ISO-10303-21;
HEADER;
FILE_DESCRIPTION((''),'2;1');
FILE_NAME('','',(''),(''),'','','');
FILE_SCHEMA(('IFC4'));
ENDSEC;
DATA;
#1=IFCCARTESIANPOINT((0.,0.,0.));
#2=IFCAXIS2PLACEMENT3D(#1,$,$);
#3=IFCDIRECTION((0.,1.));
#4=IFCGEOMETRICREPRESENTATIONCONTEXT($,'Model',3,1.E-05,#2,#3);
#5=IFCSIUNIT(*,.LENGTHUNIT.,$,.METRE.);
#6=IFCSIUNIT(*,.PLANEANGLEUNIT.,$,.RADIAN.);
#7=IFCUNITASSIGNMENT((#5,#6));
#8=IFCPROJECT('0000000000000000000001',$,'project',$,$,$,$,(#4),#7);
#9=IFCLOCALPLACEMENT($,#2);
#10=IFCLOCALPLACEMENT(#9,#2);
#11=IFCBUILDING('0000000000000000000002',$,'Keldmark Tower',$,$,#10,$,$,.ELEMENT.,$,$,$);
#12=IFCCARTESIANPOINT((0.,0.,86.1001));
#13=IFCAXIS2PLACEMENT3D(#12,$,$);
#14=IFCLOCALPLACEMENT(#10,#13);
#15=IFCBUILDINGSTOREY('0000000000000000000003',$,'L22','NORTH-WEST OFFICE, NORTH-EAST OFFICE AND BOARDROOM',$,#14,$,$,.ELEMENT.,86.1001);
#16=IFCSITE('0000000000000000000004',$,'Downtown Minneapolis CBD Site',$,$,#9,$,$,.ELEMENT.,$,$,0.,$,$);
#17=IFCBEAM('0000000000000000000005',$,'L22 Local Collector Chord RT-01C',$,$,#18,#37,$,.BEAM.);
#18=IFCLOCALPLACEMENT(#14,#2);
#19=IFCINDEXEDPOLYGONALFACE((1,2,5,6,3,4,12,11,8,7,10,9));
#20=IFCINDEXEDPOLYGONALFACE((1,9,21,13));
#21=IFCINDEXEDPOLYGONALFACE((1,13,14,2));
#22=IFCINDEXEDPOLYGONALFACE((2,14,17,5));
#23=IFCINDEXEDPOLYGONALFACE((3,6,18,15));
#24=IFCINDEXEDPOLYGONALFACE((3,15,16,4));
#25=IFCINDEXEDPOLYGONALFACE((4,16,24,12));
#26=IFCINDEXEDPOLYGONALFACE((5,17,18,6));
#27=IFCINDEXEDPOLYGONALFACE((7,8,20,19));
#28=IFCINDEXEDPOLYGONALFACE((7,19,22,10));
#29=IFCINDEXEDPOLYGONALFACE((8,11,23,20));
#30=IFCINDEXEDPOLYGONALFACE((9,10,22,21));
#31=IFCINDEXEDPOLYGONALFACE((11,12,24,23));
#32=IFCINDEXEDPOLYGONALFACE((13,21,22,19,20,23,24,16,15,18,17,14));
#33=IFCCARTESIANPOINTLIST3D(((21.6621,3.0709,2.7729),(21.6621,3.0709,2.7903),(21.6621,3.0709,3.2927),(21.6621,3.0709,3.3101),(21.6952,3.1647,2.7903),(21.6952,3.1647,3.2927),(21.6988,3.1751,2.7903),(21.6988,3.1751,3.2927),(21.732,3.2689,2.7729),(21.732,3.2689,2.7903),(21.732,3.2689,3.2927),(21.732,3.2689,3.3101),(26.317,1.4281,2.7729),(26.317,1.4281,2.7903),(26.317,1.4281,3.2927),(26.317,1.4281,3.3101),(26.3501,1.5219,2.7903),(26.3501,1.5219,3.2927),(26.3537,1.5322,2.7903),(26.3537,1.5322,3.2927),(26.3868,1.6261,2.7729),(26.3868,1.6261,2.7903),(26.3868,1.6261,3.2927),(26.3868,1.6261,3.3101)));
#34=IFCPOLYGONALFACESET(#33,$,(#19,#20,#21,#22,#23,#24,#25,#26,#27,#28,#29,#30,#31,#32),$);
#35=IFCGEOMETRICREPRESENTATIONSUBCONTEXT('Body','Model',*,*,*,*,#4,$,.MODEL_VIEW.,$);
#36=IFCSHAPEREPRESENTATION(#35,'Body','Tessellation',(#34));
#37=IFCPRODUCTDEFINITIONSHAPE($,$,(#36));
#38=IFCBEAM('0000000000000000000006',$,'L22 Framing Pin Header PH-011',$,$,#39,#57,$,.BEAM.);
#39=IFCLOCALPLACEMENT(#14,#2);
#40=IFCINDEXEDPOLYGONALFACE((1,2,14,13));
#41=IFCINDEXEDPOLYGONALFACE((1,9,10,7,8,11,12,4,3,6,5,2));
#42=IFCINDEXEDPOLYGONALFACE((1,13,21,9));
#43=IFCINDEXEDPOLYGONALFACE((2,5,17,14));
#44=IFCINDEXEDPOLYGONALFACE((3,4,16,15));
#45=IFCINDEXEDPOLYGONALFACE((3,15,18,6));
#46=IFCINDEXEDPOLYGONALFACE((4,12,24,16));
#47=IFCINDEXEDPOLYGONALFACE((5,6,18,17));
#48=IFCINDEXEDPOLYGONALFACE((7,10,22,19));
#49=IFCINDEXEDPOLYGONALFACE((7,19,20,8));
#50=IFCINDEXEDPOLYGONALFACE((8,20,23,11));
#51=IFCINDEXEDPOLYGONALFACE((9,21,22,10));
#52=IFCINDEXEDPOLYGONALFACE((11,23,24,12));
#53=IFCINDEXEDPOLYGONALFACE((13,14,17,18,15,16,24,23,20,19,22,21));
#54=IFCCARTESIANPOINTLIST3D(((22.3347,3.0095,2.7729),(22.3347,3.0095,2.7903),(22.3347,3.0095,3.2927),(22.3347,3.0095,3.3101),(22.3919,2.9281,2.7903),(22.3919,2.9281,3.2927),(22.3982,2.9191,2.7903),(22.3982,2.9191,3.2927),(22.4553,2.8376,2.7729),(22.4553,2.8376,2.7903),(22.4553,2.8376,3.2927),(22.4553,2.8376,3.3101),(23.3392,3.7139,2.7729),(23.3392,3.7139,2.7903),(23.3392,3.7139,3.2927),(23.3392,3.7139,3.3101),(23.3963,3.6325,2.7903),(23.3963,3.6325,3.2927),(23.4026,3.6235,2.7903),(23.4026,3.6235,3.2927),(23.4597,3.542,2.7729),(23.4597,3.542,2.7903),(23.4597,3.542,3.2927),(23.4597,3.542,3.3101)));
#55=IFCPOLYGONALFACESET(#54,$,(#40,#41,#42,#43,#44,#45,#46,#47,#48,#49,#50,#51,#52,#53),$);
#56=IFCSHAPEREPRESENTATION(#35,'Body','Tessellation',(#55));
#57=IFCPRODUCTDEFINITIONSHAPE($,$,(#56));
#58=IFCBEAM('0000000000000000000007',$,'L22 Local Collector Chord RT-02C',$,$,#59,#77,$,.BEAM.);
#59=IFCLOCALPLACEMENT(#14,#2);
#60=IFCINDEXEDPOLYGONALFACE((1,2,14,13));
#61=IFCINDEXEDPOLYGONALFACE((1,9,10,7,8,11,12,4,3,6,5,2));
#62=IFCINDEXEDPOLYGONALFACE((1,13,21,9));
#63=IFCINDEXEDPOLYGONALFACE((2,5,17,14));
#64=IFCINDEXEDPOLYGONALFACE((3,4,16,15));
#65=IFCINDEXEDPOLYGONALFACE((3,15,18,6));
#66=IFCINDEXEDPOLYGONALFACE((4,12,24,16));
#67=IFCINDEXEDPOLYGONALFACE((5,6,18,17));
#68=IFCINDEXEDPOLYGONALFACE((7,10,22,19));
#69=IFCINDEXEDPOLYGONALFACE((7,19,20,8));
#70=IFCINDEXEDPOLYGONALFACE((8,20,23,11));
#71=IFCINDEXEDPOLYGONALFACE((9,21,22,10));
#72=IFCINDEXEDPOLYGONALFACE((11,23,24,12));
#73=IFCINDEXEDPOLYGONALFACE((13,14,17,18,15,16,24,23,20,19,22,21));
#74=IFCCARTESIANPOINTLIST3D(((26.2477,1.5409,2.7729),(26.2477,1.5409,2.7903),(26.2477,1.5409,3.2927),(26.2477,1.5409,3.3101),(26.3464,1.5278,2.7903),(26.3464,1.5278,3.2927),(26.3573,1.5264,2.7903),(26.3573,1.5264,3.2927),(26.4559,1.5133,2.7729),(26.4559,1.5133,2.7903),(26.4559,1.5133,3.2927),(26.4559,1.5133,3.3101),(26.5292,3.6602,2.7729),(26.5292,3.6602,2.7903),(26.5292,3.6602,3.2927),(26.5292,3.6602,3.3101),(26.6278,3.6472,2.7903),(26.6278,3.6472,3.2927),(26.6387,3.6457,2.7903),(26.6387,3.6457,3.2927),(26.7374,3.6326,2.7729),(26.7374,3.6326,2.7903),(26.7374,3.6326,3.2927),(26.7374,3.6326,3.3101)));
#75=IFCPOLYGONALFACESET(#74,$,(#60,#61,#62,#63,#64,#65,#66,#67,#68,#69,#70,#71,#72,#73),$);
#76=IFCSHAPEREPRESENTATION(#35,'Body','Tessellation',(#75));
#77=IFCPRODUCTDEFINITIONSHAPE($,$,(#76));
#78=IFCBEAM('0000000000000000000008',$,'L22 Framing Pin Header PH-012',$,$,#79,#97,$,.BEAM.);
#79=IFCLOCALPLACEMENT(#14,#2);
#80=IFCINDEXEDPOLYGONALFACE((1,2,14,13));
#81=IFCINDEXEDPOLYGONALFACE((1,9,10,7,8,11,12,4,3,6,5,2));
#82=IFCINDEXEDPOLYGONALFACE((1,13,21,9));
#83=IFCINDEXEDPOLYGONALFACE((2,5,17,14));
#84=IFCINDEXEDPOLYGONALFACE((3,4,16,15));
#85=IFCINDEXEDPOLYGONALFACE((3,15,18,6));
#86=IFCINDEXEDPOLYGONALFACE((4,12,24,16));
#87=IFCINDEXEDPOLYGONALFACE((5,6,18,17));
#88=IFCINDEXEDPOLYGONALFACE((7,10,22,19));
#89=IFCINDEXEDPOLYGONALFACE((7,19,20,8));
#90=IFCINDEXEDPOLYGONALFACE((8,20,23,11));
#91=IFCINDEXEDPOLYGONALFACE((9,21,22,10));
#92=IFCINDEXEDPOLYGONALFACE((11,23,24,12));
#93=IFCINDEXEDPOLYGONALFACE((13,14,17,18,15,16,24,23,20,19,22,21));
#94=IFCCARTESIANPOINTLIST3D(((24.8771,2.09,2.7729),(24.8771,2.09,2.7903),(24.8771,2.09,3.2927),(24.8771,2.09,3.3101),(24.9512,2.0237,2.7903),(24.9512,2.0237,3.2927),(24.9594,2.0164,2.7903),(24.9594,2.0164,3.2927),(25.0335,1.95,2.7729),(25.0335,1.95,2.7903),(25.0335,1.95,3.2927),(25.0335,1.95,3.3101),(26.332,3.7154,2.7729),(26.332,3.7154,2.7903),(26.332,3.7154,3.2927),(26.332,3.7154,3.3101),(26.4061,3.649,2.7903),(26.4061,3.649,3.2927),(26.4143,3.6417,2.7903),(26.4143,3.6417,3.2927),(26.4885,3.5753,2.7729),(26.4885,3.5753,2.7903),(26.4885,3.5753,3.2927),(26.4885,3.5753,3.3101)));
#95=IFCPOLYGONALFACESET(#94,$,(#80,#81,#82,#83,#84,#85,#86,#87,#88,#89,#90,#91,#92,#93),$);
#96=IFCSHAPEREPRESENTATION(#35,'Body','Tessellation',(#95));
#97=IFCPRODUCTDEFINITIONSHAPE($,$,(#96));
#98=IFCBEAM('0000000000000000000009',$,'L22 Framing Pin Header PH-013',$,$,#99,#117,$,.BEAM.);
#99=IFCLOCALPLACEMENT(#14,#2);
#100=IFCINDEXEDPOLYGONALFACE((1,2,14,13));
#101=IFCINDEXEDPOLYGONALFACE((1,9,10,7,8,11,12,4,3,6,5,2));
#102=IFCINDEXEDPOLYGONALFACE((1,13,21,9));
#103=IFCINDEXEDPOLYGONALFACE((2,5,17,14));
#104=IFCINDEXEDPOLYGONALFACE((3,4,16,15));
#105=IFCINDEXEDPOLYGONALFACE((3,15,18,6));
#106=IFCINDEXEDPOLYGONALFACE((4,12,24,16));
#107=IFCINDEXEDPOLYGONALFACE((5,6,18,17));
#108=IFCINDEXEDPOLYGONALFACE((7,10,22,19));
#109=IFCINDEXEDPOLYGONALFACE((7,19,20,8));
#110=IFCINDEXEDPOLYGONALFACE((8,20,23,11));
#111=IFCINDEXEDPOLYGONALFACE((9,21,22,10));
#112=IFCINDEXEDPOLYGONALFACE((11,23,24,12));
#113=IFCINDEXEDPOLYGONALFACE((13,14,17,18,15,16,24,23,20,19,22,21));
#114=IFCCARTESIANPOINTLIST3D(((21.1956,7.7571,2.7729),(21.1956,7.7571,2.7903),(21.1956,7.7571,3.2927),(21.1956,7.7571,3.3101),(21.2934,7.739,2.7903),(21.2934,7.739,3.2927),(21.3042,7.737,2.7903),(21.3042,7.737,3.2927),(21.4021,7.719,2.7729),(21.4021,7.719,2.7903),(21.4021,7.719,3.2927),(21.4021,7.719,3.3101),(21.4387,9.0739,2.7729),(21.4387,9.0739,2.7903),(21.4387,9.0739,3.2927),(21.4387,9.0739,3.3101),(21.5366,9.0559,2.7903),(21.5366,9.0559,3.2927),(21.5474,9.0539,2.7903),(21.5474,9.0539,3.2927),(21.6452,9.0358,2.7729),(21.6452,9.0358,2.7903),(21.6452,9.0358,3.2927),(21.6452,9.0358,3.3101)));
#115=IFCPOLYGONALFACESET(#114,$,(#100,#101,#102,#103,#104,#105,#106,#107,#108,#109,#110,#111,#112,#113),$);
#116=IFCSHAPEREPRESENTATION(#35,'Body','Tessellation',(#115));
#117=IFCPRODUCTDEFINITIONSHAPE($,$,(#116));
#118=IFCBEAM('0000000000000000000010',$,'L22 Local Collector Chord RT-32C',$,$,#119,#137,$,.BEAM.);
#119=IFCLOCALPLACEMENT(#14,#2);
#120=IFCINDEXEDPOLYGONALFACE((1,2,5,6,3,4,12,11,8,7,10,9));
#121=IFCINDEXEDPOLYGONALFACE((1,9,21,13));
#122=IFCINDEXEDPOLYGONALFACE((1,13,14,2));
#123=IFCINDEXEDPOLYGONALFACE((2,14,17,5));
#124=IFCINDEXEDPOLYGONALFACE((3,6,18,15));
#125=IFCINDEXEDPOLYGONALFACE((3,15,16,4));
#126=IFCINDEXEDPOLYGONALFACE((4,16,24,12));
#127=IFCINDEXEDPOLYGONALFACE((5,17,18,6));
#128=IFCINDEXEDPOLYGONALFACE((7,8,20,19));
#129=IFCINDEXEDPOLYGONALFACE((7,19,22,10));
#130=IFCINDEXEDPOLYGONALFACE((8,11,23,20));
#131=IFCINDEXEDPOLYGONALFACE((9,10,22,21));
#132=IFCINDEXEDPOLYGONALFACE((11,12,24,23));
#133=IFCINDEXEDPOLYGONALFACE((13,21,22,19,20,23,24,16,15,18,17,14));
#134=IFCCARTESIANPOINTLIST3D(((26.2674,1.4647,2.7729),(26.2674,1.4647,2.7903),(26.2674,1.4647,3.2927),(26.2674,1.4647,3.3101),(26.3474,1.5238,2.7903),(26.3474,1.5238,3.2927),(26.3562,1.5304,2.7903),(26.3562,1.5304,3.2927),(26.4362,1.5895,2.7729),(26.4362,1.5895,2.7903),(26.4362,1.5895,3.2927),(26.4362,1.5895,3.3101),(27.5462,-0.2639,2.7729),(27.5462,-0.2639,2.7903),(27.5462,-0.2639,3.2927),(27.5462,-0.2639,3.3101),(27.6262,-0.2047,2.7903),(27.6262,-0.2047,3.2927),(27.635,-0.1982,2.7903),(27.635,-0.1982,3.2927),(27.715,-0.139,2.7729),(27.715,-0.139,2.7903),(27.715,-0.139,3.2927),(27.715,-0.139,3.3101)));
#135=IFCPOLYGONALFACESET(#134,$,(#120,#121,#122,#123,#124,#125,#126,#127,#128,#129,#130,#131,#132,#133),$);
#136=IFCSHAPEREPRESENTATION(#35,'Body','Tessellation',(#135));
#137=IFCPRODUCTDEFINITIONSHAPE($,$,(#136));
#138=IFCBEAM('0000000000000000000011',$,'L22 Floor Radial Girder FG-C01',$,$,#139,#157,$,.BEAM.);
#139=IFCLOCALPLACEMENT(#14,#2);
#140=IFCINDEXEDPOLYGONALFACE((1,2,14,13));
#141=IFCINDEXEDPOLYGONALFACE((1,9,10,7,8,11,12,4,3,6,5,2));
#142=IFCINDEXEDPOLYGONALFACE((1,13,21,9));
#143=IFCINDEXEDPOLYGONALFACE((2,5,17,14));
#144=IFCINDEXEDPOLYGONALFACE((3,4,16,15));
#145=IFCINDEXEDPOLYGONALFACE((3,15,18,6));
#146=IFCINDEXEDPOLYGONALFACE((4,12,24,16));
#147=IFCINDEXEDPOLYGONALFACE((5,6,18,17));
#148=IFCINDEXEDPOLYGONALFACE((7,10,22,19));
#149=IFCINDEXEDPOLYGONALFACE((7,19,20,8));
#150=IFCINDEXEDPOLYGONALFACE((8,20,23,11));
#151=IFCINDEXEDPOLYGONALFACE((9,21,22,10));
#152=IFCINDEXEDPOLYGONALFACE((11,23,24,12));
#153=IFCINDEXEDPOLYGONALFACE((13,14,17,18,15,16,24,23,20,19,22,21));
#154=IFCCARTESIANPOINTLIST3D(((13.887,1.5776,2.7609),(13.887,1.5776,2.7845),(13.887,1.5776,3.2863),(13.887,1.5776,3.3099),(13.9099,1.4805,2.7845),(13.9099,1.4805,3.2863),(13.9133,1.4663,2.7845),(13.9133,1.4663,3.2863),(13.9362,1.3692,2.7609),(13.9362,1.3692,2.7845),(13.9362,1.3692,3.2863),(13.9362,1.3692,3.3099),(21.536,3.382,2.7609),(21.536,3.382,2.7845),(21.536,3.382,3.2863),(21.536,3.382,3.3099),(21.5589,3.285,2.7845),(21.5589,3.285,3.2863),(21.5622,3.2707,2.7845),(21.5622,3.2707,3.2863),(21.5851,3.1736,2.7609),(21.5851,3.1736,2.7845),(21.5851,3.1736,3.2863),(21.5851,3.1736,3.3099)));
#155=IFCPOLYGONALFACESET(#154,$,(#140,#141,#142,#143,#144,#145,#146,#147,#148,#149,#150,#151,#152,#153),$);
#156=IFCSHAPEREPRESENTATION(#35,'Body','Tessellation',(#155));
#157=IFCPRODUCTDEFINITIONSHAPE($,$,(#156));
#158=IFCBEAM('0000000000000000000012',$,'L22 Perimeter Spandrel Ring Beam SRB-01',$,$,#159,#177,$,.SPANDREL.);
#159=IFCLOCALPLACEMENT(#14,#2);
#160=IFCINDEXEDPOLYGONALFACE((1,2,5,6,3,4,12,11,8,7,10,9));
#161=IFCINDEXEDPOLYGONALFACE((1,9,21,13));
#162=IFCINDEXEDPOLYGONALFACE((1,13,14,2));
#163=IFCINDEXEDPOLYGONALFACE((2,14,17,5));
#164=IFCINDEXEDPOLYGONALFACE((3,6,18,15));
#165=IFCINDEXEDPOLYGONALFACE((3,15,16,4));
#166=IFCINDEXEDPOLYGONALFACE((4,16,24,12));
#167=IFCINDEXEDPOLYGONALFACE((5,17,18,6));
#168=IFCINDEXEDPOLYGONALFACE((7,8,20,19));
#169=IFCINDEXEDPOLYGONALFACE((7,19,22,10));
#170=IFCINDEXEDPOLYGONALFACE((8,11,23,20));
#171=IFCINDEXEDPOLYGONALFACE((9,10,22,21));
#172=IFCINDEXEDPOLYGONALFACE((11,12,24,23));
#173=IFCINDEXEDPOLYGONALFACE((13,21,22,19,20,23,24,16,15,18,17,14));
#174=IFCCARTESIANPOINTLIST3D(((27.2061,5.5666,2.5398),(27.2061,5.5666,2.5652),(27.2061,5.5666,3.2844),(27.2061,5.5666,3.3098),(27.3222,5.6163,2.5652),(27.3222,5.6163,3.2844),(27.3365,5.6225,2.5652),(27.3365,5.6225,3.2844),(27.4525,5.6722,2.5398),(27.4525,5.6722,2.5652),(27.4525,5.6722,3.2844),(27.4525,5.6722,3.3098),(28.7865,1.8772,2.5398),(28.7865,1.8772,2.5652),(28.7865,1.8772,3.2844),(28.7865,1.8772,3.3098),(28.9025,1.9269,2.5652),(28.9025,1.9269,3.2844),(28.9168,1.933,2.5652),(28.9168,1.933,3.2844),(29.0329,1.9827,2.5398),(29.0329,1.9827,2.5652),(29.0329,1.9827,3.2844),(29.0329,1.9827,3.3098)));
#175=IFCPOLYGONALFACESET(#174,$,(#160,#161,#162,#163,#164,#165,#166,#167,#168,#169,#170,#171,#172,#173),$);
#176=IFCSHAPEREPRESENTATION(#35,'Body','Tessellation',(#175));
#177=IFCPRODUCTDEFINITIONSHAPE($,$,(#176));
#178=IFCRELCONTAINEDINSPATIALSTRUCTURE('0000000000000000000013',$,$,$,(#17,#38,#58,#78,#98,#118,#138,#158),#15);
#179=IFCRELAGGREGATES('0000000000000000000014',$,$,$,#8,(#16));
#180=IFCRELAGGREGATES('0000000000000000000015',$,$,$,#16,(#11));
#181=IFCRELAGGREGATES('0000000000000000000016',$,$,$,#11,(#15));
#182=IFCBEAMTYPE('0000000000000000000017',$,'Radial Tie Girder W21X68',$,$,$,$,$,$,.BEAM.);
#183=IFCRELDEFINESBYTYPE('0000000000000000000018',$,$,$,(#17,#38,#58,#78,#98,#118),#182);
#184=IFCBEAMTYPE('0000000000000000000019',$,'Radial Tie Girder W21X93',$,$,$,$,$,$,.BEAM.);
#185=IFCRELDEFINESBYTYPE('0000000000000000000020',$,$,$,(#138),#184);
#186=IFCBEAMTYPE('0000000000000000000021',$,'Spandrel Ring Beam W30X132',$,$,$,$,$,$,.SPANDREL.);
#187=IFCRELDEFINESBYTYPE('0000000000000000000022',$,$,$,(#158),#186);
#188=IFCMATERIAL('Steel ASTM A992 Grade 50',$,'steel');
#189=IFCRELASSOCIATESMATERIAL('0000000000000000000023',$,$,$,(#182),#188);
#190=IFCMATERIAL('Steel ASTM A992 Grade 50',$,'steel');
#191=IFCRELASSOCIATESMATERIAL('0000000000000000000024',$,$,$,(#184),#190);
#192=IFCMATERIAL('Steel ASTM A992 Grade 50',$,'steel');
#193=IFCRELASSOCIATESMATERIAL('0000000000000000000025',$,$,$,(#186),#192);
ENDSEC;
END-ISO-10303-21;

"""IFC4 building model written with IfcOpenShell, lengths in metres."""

from ifc_helpers import new_model, si_unit, direction, frame, origin, origin_2d, place, context, subcontext, project, spatial, i_section, extrude, material, material_profile, profile_set, type_object, element, save


model = new_model("IFC4")

# Units and contexts
model_context = context("Model", 3, precision=1e-05, world=origin(), true_north=direction((0.0, 1.0)))
body_context = subcontext(model_context, "Body", "Model", "MODEL_VIEW")
ifc_project = project(units=[si_unit("LENGTHUNIT", "METRE"), si_unit("PLANEANGLEUNIT", "RADIAN")], contexts=[model_context])

# Site, building, storey
site_placement = place(None, origin())
site = spatial("IfcSite", under=ifc_project, at=site_placement, Name="Downtown Minneapolis CBD Site", CompositionType="ELEMENT", RefElevation=0.0)
building_placement = place(site_placement, origin())
building = spatial("IfcBuilding", under=site, at=building_placement, Name="Keldmark Tower", CompositionType="ELEMENT")
storey_placement = place(building_placement, frame((0.0, 0.0, 86.1001)))
storey = spatial("IfcBuildingStorey", under=building, at=storey_placement, Name="L22", Description="NORTH-WEST OFFICE, NORTH-EAST OFFICE AND BOARDROOM", CompositionType="ELEMENT", Elevation=86.1001)

# Beams
ifc_material_1 = material(Name="Steel ASTM A992 Grade 50", Category="steel")
ifc_material_profile_1 = material_profile(ifc_material_1, i_section(OverallWidth=0.21, OverallDepth=0.5371, WebThickness=0.011, FlangeThickness=0.0173, at=origin_2d()), Name="W21X68")
ifc_profile_set_1 = profile_set([ifc_material_profile_1], Name="Steel ASTM A992 Grade 50")
beam_type_1 = type_object("IfcBeamType", Name="Radial Tie Girder W21X68", PredefinedType="BEAM", material=ifc_profile_set_1)
beam_1_placement = place(storey_placement, frame((21.697, 3.1699, 3.0415), z_axis=(0.942993, -0.332812, 0.0), x_axis=(0.332812, 0.942993, 0.0)))
element("IfcBeam", 1, at=beam_1_placement, inside=storey, type_object=beam_type_1, Name="L22 Local Collector Chord RT-01C", PredefinedType="BEAM", context=body_context, shape_type="SweptSolid", body=[
    extrude(i_section(OverallWidth=0.21, OverallDepth=0.5371, WebThickness=0.011, FlangeThickness=0.0173, at=origin_2d()), origin(), (0.0, 0.0, 1.0), 4.9363),
])
beam_2_placement = place(storey_placement, frame((22.395, 2.9236, 3.0415), z_axis=(0.818745, 0.574157, 0.0), x_axis=(-0.574157, 0.818745, 0.0)))
element("IfcBeam", 2, at=beam_2_placement, inside=storey, type_object=beam_type_1, Name="L22 Framing Pin Header PH-011", PredefinedType="BEAM", context=body_context, shape_type="SweptSolid", body=[
    extrude(i_section(OverallWidth=0.21, OverallDepth=0.5371, WebThickness=0.011, FlangeThickness=0.0173, at=origin_2d()), origin(), (0.0, 0.0, 1.0), 1.2268),
])
beam_3_placement = place(storey_placement, frame((26.3518, 1.5271, 3.0415), z_axis=(0.131663, 0.991295, 0.0), x_axis=(-0.991295, 0.131663, 0.0)))
element("IfcBeam", 3, at=beam_3_placement, inside=storey, type_object=beam_type_1, Name="L22 Local Collector Chord RT-02C", PredefinedType="BEAM", context=body_context, shape_type="SweptSolid", body=[
    extrude(i_section(OverallWidth=0.21, OverallDepth=0.5371, WebThickness=0.011, FlangeThickness=0.0173, at=origin_2d()), origin(), (0.0, 0.0, 1.0), 2.1379),
])
beam_4_placement = place(storey_placement, frame((24.9553, 2.02, 3.0415), z_axis=(0.666965, 0.745089, 0.0), x_axis=(-0.745089, 0.666965, 0.0)))
element("IfcBeam", 4, at=beam_4_placement, inside=storey, type_object=beam_type_1, Name="L22 Framing Pin Header PH-012", PredefinedType="BEAM", context=body_context, shape_type="SweptSolid", body=[
    extrude(i_section(OverallWidth=0.21, OverallDepth=0.5371, WebThickness=0.011, FlangeThickness=0.0173, at=origin_2d()), origin(), (0.0, 0.0, 1.0), 2.1814),
])
beam_5_placement = place(storey_placement, frame((21.2988, 7.738, 3.0415), z_axis=(0.18158, 0.983376, 0.0), x_axis=(-0.983376, 0.18158, 0.0)))
element("IfcBeam", 5, at=beam_5_placement, inside=storey, type_object=beam_type_1, Name="L22 Framing Pin Header PH-013", PredefinedType="BEAM", context=body_context, shape_type="SweptSolid", body=[
    extrude(i_section(OverallWidth=0.21, OverallDepth=0.5371, WebThickness=0.011, FlangeThickness=0.0173, at=origin_2d()), origin(), (0.0, 0.0, 1.0), 1.3391),
])
beam_6_placement = place(storey_placement, frame((26.3518, 1.5271, 3.0415), z_axis=(0.594755, -0.803907, 0.0), x_axis=(0.803907, 0.594755, 0.0)))
element("IfcBeam", 6, at=beam_6_placement, inside=storey, type_object=beam_type_1, Name="L22 Local Collector Chord RT-32C", PredefinedType="BEAM", context=body_context, shape_type="SweptSolid", body=[
    extrude(i_section(OverallWidth=0.21, OverallDepth=0.5371, WebThickness=0.011, FlangeThickness=0.0173, at=origin_2d()), origin(), (0.0, 0.0, 1.0), 2.1501),
])
ifc_material_2 = material(Name="Steel ASTM A992 Grade 50", Category="steel")
ifc_material_profile_2 = material_profile(ifc_material_2, i_section(OverallWidth=0.2141, OverallDepth=0.5491, WebThickness=0.0146, FlangeThickness=0.0237, at=origin_2d()), Name="W21X93")
ifc_profile_set_2 = profile_set([ifc_material_profile_2], Name="Steel ASTM A992 Grade 50")
beam_type_2 = type_object("IfcBeamType", Name="Radial Tie Girder W21X93", PredefinedType="BEAM", material=ifc_profile_set_2)
beam_7_placement = place(storey_placement, frame((21.5605, 3.2778, 3.0354), z_axis=(-0.973284, -0.229606, 0.0), x_axis=(0.229606, -0.973284, 0.0)))
element("IfcBeam", 7, at=beam_7_placement, inside=storey, type_object=beam_type_2, Name="L22 Floor Radial Girder FG-C01", PredefinedType="BEAM", context=body_context, shape_type="SweptSolid", body=[
    extrude(i_section(OverallWidth=0.2141, OverallDepth=0.5491, WebThickness=0.0146, FlangeThickness=0.0237, at=origin_2d()), origin(), (0.0, 0.0, 1.0), 7.8589),
])
ifc_material_3 = material(Name="Steel ASTM A992 Grade 50", Category="steel")
ifc_material_profile_3 = material_profile(ifc_material_3, i_section(OverallWidth=0.2681, OverallDepth=0.77, WebThickness=0.0156, FlangeThickness=0.0254, at=origin_2d()), Name="W30X132")
ifc_profile_set_3 = profile_set([ifc_material_profile_3], Name="Steel ASTM A992 Grade 50")
beam_type_3 = type_object("IfcBeamType", Name="Spandrel Ring Beam W30X132", PredefinedType="SPANDREL", material=ifc_profile_set_3)
beam_8_placement = place(storey_placement, frame((28.9097, 1.9299, 2.9248), z_axis=(-0.393736, 0.919224, 0.0), x_axis=(-0.919224, -0.393736, 0.0)))
element("IfcBeam", 8, at=beam_8_placement, inside=storey, type_object=beam_type_3, Name="L22 Perimeter Spandrel Ring Beam SRB-01", PredefinedType="SPANDREL", context=body_context, shape_type="SweptSolid", body=[
    extrude(i_section(OverallWidth=0.2681, OverallDepth=0.77, WebThickness=0.0156, FlangeThickness=0.0254, at=origin_2d()), origin(), (0.0, 0.0, 1.0), 4.0137),
])

save(model, "model.ifc")
